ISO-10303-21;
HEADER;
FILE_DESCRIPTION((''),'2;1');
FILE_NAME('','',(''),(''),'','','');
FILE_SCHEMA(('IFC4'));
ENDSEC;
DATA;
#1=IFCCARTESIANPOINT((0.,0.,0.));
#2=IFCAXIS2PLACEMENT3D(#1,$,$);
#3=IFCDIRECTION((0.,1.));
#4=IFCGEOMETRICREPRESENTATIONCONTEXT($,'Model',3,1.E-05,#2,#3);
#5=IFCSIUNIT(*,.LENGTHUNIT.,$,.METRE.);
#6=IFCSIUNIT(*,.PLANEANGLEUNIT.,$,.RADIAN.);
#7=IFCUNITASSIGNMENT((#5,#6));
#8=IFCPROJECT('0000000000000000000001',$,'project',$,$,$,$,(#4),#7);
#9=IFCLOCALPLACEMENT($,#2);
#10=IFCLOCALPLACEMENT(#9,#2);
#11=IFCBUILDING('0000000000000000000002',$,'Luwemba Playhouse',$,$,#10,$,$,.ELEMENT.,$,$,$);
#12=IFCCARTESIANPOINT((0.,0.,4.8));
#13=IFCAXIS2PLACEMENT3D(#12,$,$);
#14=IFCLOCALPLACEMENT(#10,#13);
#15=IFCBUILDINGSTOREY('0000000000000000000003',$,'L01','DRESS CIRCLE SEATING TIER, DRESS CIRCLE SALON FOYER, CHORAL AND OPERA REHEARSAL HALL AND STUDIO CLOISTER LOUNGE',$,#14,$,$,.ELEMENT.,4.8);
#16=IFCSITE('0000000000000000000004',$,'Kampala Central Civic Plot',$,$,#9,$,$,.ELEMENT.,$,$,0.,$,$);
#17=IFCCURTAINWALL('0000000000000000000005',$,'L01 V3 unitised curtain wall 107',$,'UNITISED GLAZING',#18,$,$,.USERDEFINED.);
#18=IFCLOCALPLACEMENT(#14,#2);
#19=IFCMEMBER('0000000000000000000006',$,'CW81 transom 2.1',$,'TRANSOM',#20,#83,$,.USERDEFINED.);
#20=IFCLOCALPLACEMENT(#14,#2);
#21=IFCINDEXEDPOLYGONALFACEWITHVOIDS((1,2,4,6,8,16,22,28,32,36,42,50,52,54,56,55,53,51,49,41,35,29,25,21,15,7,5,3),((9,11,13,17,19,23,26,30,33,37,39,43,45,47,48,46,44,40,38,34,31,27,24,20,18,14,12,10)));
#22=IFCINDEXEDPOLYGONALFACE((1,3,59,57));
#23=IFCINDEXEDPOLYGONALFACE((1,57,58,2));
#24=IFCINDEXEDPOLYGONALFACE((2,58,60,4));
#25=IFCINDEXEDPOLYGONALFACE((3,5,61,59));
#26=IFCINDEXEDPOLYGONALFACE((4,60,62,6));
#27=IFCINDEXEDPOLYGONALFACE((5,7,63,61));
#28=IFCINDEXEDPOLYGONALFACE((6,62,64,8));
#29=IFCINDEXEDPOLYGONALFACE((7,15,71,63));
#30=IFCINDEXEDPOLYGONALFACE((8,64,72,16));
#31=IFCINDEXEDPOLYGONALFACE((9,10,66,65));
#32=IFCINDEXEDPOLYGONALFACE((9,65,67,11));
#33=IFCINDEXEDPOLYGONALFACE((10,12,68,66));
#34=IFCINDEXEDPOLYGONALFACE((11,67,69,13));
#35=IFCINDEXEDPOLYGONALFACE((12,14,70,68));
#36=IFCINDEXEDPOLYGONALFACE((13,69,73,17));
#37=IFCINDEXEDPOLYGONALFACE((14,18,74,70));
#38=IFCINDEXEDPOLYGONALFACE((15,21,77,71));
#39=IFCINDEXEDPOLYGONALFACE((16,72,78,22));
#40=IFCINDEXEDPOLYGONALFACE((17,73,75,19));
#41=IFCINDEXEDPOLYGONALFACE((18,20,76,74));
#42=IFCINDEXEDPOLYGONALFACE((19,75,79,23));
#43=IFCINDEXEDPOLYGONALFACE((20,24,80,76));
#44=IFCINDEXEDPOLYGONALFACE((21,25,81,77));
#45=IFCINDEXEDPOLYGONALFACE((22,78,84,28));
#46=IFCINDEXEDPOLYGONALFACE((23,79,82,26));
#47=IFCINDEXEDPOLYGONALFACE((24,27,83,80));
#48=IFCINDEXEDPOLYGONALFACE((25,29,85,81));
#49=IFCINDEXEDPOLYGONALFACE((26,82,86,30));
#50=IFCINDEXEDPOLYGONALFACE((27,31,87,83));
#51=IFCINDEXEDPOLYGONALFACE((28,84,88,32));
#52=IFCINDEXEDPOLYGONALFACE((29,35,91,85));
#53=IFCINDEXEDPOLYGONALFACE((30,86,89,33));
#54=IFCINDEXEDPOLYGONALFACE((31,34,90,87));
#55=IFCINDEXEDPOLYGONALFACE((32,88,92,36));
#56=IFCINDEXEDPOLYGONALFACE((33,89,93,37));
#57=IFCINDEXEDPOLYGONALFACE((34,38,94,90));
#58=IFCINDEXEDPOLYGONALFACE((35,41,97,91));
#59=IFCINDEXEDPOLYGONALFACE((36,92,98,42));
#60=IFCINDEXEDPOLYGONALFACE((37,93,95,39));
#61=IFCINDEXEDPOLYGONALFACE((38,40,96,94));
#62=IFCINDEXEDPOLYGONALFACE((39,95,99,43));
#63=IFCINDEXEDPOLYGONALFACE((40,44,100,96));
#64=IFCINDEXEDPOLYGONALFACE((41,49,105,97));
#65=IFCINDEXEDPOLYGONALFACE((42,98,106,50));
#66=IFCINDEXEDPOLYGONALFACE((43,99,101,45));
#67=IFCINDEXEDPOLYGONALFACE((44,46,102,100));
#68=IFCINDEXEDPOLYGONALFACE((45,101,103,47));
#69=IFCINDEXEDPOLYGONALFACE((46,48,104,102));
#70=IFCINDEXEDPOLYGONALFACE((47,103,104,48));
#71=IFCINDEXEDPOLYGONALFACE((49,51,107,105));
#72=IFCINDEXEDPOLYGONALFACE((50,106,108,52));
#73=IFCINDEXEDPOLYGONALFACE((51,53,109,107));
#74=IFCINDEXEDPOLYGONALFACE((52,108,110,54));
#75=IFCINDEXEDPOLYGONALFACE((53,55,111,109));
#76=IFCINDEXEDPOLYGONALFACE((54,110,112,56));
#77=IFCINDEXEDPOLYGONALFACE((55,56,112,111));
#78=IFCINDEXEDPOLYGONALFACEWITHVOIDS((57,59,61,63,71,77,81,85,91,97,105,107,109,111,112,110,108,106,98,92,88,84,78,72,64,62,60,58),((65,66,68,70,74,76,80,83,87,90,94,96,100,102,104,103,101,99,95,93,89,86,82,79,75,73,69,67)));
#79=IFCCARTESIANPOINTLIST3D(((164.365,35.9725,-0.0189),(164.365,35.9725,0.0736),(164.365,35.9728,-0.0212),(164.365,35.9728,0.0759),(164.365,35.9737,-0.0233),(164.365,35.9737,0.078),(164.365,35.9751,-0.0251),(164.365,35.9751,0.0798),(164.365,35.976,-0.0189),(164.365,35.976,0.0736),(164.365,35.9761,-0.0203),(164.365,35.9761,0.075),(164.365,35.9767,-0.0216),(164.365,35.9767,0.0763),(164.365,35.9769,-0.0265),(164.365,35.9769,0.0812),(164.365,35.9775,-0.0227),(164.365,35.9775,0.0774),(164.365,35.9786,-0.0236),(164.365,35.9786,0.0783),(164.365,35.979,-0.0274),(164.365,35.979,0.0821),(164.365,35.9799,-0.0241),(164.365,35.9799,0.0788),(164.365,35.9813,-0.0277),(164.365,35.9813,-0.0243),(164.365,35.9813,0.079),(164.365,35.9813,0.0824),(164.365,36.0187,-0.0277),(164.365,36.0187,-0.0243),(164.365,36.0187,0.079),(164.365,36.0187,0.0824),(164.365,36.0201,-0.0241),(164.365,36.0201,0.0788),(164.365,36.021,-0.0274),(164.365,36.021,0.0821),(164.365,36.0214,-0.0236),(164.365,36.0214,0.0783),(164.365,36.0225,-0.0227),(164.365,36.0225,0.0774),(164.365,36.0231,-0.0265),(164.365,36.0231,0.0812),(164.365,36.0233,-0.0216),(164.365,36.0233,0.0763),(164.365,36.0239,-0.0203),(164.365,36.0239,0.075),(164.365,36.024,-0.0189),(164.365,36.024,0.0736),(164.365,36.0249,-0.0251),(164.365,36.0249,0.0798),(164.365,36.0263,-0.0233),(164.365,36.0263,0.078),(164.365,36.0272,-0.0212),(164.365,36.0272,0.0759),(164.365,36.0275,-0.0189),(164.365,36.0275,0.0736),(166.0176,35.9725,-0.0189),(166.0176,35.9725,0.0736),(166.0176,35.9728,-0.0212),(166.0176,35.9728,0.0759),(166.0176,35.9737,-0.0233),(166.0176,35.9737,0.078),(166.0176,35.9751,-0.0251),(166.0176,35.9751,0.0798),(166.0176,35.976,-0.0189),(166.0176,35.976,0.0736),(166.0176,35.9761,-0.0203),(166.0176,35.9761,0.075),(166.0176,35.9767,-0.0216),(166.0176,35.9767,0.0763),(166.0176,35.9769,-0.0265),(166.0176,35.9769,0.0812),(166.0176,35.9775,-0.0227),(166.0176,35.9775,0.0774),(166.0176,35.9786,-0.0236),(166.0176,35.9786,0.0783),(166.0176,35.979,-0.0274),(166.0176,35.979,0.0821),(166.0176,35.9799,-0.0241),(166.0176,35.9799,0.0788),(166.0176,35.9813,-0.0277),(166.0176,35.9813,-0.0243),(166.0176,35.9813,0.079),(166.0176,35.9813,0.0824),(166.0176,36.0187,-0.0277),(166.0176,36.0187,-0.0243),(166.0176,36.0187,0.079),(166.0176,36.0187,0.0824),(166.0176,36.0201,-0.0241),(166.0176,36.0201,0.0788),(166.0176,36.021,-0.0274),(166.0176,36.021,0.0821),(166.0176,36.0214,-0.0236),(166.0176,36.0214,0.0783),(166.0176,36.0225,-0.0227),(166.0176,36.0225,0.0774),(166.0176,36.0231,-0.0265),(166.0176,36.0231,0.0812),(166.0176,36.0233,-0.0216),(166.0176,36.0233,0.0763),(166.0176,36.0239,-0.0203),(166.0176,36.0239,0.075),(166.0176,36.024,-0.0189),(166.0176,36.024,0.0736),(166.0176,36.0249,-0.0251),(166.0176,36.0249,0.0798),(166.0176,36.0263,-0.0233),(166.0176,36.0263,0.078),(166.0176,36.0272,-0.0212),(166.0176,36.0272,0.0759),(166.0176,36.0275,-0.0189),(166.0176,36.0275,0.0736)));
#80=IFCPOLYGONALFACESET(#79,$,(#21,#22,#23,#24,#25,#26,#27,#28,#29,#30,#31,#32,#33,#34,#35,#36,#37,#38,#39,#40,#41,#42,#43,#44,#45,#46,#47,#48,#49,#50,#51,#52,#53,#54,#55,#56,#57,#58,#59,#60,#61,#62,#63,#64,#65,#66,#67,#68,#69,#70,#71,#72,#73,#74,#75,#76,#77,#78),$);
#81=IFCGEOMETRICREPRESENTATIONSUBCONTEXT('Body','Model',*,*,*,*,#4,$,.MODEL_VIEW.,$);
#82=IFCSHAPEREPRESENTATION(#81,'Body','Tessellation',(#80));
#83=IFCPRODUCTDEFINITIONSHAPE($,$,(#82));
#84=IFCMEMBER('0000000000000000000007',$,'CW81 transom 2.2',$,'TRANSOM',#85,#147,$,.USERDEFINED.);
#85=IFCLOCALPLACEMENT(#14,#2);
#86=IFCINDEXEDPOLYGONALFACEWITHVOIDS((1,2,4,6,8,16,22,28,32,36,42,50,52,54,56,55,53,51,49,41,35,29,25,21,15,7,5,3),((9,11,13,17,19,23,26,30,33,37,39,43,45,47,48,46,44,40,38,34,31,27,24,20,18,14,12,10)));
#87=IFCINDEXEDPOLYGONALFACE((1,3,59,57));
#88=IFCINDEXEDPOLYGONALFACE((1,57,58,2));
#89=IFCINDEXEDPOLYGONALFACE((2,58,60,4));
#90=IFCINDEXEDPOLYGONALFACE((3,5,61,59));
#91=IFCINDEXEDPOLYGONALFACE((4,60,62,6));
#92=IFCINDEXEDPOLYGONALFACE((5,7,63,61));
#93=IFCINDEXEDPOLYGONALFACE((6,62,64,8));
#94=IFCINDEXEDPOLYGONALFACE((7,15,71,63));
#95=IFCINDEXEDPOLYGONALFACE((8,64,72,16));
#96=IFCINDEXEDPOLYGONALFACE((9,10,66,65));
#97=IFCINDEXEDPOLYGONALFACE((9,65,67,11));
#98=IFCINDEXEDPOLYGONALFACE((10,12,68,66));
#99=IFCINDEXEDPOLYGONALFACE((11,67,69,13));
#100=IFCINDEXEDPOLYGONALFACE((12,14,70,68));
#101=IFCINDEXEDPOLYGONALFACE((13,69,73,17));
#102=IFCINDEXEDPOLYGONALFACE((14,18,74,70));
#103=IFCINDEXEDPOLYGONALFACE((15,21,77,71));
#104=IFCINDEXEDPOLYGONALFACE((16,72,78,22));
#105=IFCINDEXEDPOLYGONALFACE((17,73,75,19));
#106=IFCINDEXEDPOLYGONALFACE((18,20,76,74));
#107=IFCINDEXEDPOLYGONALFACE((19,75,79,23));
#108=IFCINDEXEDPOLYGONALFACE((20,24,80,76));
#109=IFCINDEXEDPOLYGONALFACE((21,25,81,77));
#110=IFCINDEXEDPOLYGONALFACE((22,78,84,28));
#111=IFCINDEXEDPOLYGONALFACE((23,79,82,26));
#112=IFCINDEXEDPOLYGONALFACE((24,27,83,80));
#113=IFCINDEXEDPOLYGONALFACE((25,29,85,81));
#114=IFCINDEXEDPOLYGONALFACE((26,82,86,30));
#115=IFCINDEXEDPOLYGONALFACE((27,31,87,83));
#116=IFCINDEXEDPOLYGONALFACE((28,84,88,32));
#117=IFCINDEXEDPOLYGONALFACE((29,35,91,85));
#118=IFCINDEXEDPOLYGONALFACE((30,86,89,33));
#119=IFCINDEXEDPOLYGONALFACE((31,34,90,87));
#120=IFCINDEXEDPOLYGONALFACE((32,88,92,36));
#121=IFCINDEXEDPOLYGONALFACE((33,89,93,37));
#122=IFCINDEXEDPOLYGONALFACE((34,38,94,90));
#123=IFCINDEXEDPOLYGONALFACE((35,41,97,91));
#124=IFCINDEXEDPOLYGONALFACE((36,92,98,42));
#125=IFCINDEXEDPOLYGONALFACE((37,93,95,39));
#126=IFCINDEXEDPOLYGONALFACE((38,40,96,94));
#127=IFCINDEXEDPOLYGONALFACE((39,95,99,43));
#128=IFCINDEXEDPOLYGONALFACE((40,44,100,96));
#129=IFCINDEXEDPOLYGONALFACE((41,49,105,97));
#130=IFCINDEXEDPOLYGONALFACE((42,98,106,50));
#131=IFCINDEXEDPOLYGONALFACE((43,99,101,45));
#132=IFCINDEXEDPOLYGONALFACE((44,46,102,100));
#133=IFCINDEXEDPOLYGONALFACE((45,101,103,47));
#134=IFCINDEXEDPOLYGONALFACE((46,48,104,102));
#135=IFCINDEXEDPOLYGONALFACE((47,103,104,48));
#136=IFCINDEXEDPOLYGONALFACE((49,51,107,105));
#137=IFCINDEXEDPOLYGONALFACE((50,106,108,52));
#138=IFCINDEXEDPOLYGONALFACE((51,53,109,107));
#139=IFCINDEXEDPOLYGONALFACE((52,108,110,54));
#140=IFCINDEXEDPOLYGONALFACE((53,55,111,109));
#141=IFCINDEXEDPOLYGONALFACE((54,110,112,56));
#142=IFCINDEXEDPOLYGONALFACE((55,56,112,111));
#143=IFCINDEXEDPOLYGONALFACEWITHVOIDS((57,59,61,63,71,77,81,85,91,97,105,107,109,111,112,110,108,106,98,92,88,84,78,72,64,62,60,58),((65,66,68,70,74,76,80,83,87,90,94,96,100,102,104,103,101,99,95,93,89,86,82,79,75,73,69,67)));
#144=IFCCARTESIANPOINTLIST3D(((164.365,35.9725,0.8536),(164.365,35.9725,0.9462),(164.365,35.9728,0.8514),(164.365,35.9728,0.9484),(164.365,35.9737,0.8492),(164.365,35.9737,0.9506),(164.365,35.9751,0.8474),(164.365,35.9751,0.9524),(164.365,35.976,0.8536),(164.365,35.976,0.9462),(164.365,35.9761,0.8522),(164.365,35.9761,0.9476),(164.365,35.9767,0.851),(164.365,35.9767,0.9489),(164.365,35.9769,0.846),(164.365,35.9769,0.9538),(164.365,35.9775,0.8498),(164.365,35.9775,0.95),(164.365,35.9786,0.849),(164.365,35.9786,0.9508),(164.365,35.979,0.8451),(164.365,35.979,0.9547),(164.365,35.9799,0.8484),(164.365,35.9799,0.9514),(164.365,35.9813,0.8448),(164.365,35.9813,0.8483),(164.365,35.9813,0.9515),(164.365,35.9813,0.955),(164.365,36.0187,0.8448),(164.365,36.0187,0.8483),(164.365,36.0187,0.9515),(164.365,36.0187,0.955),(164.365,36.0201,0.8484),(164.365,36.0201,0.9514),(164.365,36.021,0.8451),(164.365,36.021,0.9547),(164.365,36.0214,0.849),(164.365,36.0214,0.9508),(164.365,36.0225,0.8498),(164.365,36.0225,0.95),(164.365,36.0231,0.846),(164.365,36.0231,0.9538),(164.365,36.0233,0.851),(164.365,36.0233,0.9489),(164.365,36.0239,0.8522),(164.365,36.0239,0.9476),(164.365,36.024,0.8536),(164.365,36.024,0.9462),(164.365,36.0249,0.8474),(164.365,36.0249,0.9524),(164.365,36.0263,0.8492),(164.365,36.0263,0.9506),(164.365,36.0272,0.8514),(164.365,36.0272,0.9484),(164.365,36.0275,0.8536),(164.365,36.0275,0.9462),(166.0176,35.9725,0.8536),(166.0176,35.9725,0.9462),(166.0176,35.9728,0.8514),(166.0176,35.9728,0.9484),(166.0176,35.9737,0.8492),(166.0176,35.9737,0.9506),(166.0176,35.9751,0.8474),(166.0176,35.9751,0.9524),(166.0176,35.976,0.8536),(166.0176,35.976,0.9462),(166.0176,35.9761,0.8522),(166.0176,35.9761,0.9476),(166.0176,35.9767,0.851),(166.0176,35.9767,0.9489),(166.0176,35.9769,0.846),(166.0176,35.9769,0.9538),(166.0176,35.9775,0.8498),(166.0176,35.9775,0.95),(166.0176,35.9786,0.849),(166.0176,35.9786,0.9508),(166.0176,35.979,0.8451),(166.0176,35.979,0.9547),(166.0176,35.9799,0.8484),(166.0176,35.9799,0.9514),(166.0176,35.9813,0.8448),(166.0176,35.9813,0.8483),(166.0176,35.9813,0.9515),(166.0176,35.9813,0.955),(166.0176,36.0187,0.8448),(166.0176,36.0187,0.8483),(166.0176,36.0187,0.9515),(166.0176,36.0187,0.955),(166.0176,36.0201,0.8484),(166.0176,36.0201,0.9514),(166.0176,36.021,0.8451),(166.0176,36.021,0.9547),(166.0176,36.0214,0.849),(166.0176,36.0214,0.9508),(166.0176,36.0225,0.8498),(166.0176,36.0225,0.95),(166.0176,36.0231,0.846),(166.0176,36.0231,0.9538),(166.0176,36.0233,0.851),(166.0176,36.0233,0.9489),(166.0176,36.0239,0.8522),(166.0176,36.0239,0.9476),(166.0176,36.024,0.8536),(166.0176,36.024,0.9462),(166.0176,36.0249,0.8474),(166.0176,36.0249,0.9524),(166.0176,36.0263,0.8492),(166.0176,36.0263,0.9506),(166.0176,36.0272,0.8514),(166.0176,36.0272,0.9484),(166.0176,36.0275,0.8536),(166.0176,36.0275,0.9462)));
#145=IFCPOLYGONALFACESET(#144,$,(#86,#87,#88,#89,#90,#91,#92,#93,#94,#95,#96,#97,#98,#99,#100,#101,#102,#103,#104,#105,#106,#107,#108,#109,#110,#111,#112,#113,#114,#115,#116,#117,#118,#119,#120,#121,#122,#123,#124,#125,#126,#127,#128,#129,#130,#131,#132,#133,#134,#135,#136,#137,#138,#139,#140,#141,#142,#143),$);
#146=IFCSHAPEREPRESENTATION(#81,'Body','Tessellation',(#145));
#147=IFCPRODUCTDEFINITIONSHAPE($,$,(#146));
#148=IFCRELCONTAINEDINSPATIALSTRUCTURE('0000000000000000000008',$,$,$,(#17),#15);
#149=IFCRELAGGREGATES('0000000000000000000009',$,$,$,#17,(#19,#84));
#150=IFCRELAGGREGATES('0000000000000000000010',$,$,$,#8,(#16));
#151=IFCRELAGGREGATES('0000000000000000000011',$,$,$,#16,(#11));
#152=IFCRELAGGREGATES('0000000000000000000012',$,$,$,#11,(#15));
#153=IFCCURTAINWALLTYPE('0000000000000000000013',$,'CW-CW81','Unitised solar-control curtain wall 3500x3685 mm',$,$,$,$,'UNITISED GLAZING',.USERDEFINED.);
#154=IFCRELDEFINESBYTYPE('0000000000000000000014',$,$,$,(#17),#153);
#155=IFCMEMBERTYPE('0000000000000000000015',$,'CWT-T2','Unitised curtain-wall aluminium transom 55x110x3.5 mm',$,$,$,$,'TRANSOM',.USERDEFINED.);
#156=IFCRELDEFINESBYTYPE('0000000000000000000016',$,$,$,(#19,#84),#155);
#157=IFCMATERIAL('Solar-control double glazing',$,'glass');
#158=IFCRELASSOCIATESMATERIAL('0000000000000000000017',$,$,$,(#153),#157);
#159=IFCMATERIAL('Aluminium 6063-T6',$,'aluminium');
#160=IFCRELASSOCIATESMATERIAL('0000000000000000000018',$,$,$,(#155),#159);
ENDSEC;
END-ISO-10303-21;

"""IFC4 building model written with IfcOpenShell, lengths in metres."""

from ifc_helpers import new_model, si_unit, direction, frame, origin, origin_2d, place, context, subcontext, project, spatial, hollow_rectangle, extrude, material, material_profile, profile_set, type_object, element, aggregate, save


model = new_model("IFC4")

# Units and contexts
model_context = context("Model", 3, precision=1e-05, world=origin(), true_north=direction((0.0, 1.0)))
body_context = subcontext(model_context, "Body", "Model", "MODEL_VIEW")
ifc_project = project(units=[si_unit("LENGTHUNIT", "METRE"), si_unit("PLANEANGLEUNIT", "RADIAN")], contexts=[model_context])

# Site, building, storey
site_placement = place(None, origin())
site = spatial("IfcSite", under=ifc_project, at=site_placement, Name="Kampala Central Civic Plot", CompositionType="ELEMENT", RefElevation=0.0)
building_placement = place(site_placement, origin())
building = spatial("IfcBuilding", under=site, at=building_placement, Name="Luwemba Playhouse", CompositionType="ELEMENT")
storey_placement = place(building_placement, frame((0.0, 0.0, 4.8)))
storey = spatial("IfcBuildingStorey", under=building, at=storey_placement, Name="L01", Description="DRESS CIRCLE SEATING TIER, DRESS CIRCLE SALON FOYER, CHORAL AND OPERA REHEARSAL HALL AND STUDIO CLOISTER LOUNGE", CompositionType="ELEMENT", Elevation=4.8)

# Curtain wall, members
ifc_material_1 = material(Name="Solar-control double glazing", Category="glass")
curtain_wall_type = type_object("IfcCurtainWallType", Name="CW-CW81", Description="Unitised solar-control curtain wall 3500x3685 mm", ElementType="UNITISED GLAZING", PredefinedType="USERDEFINED", material=ifc_material_1)
curtain_wall_placement = place(storey_placement, origin())
curtain_wall = element("IfcCurtainWall", 1, at=curtain_wall_placement, inside=storey, type_object=curtain_wall_type, Name="L01 V3 unitised curtain wall 107", ObjectType="UNITISED GLAZING", PredefinedType="USERDEFINED")
ifc_material_2 = material(Name="Aluminium 6063-T6", Category="aluminium")
ifc_material_profile_1 = material_profile(ifc_material_2, hollow_rectangle(XDim=0.0549, YDim=0.1101, WallThickness=0.0034, InnerFilletRadius=0.0054, OuterFilletRadius=0.0088, at=origin_2d()))
ifc_profile_set_1 = profile_set([ifc_material_profile_1], Name="Aluminium 6063-T6")
member_type_1 = type_object("IfcMemberType", Name="CWT-T2", Description="Unitised curtain-wall aluminium transom 55x110x3.5 mm", ElementType="TRANSOM", PredefinedType="USERDEFINED", material=ifc_profile_set_1)
member_1_placement = place(storey_placement, frame((166.0176, 36.0, 0.0273), z_axis=(-1.0, 0.0, 0.0), x_axis=(0.0, -1.0, 0.0)))
member_1 = element("IfcMember", 2, at=member_1_placement, type_object=member_type_1, Name="CW81 transom 2.1", ObjectType="TRANSOM", PredefinedType="USERDEFINED", context=body_context, shape_type="SweptSolid", body=[
    extrude(hollow_rectangle(XDim=0.0549, YDim=0.1101, WallThickness=0.0034, InnerFilletRadius=0.0054, OuterFilletRadius=0.0088, at=origin_2d()), origin(), (0.0, 0.0, 1.0), 1.6526),
])
member_2_placement = place(storey_placement, frame((166.0176, 36.0, 0.8999), z_axis=(-1.0, 0.0, 0.0), x_axis=(0.0, -1.0, 0.0)))
member_2 = element("IfcMember", 3, at=member_2_placement, type_object=member_type_1, Name="CW81 transom 2.2", ObjectType="TRANSOM", PredefinedType="USERDEFINED", context=body_context, shape_type="SweptSolid", body=[
    extrude(hollow_rectangle(XDim=0.0549, YDim=0.1101, WallThickness=0.0034, InnerFilletRadius=0.0054, OuterFilletRadius=0.0088, at=origin_2d()), origin(), (0.0, 0.0, 1.0), 1.6526),
])

aggregate(curtain_wall, [member_1, member_2])

save(model, "model.ifc")
